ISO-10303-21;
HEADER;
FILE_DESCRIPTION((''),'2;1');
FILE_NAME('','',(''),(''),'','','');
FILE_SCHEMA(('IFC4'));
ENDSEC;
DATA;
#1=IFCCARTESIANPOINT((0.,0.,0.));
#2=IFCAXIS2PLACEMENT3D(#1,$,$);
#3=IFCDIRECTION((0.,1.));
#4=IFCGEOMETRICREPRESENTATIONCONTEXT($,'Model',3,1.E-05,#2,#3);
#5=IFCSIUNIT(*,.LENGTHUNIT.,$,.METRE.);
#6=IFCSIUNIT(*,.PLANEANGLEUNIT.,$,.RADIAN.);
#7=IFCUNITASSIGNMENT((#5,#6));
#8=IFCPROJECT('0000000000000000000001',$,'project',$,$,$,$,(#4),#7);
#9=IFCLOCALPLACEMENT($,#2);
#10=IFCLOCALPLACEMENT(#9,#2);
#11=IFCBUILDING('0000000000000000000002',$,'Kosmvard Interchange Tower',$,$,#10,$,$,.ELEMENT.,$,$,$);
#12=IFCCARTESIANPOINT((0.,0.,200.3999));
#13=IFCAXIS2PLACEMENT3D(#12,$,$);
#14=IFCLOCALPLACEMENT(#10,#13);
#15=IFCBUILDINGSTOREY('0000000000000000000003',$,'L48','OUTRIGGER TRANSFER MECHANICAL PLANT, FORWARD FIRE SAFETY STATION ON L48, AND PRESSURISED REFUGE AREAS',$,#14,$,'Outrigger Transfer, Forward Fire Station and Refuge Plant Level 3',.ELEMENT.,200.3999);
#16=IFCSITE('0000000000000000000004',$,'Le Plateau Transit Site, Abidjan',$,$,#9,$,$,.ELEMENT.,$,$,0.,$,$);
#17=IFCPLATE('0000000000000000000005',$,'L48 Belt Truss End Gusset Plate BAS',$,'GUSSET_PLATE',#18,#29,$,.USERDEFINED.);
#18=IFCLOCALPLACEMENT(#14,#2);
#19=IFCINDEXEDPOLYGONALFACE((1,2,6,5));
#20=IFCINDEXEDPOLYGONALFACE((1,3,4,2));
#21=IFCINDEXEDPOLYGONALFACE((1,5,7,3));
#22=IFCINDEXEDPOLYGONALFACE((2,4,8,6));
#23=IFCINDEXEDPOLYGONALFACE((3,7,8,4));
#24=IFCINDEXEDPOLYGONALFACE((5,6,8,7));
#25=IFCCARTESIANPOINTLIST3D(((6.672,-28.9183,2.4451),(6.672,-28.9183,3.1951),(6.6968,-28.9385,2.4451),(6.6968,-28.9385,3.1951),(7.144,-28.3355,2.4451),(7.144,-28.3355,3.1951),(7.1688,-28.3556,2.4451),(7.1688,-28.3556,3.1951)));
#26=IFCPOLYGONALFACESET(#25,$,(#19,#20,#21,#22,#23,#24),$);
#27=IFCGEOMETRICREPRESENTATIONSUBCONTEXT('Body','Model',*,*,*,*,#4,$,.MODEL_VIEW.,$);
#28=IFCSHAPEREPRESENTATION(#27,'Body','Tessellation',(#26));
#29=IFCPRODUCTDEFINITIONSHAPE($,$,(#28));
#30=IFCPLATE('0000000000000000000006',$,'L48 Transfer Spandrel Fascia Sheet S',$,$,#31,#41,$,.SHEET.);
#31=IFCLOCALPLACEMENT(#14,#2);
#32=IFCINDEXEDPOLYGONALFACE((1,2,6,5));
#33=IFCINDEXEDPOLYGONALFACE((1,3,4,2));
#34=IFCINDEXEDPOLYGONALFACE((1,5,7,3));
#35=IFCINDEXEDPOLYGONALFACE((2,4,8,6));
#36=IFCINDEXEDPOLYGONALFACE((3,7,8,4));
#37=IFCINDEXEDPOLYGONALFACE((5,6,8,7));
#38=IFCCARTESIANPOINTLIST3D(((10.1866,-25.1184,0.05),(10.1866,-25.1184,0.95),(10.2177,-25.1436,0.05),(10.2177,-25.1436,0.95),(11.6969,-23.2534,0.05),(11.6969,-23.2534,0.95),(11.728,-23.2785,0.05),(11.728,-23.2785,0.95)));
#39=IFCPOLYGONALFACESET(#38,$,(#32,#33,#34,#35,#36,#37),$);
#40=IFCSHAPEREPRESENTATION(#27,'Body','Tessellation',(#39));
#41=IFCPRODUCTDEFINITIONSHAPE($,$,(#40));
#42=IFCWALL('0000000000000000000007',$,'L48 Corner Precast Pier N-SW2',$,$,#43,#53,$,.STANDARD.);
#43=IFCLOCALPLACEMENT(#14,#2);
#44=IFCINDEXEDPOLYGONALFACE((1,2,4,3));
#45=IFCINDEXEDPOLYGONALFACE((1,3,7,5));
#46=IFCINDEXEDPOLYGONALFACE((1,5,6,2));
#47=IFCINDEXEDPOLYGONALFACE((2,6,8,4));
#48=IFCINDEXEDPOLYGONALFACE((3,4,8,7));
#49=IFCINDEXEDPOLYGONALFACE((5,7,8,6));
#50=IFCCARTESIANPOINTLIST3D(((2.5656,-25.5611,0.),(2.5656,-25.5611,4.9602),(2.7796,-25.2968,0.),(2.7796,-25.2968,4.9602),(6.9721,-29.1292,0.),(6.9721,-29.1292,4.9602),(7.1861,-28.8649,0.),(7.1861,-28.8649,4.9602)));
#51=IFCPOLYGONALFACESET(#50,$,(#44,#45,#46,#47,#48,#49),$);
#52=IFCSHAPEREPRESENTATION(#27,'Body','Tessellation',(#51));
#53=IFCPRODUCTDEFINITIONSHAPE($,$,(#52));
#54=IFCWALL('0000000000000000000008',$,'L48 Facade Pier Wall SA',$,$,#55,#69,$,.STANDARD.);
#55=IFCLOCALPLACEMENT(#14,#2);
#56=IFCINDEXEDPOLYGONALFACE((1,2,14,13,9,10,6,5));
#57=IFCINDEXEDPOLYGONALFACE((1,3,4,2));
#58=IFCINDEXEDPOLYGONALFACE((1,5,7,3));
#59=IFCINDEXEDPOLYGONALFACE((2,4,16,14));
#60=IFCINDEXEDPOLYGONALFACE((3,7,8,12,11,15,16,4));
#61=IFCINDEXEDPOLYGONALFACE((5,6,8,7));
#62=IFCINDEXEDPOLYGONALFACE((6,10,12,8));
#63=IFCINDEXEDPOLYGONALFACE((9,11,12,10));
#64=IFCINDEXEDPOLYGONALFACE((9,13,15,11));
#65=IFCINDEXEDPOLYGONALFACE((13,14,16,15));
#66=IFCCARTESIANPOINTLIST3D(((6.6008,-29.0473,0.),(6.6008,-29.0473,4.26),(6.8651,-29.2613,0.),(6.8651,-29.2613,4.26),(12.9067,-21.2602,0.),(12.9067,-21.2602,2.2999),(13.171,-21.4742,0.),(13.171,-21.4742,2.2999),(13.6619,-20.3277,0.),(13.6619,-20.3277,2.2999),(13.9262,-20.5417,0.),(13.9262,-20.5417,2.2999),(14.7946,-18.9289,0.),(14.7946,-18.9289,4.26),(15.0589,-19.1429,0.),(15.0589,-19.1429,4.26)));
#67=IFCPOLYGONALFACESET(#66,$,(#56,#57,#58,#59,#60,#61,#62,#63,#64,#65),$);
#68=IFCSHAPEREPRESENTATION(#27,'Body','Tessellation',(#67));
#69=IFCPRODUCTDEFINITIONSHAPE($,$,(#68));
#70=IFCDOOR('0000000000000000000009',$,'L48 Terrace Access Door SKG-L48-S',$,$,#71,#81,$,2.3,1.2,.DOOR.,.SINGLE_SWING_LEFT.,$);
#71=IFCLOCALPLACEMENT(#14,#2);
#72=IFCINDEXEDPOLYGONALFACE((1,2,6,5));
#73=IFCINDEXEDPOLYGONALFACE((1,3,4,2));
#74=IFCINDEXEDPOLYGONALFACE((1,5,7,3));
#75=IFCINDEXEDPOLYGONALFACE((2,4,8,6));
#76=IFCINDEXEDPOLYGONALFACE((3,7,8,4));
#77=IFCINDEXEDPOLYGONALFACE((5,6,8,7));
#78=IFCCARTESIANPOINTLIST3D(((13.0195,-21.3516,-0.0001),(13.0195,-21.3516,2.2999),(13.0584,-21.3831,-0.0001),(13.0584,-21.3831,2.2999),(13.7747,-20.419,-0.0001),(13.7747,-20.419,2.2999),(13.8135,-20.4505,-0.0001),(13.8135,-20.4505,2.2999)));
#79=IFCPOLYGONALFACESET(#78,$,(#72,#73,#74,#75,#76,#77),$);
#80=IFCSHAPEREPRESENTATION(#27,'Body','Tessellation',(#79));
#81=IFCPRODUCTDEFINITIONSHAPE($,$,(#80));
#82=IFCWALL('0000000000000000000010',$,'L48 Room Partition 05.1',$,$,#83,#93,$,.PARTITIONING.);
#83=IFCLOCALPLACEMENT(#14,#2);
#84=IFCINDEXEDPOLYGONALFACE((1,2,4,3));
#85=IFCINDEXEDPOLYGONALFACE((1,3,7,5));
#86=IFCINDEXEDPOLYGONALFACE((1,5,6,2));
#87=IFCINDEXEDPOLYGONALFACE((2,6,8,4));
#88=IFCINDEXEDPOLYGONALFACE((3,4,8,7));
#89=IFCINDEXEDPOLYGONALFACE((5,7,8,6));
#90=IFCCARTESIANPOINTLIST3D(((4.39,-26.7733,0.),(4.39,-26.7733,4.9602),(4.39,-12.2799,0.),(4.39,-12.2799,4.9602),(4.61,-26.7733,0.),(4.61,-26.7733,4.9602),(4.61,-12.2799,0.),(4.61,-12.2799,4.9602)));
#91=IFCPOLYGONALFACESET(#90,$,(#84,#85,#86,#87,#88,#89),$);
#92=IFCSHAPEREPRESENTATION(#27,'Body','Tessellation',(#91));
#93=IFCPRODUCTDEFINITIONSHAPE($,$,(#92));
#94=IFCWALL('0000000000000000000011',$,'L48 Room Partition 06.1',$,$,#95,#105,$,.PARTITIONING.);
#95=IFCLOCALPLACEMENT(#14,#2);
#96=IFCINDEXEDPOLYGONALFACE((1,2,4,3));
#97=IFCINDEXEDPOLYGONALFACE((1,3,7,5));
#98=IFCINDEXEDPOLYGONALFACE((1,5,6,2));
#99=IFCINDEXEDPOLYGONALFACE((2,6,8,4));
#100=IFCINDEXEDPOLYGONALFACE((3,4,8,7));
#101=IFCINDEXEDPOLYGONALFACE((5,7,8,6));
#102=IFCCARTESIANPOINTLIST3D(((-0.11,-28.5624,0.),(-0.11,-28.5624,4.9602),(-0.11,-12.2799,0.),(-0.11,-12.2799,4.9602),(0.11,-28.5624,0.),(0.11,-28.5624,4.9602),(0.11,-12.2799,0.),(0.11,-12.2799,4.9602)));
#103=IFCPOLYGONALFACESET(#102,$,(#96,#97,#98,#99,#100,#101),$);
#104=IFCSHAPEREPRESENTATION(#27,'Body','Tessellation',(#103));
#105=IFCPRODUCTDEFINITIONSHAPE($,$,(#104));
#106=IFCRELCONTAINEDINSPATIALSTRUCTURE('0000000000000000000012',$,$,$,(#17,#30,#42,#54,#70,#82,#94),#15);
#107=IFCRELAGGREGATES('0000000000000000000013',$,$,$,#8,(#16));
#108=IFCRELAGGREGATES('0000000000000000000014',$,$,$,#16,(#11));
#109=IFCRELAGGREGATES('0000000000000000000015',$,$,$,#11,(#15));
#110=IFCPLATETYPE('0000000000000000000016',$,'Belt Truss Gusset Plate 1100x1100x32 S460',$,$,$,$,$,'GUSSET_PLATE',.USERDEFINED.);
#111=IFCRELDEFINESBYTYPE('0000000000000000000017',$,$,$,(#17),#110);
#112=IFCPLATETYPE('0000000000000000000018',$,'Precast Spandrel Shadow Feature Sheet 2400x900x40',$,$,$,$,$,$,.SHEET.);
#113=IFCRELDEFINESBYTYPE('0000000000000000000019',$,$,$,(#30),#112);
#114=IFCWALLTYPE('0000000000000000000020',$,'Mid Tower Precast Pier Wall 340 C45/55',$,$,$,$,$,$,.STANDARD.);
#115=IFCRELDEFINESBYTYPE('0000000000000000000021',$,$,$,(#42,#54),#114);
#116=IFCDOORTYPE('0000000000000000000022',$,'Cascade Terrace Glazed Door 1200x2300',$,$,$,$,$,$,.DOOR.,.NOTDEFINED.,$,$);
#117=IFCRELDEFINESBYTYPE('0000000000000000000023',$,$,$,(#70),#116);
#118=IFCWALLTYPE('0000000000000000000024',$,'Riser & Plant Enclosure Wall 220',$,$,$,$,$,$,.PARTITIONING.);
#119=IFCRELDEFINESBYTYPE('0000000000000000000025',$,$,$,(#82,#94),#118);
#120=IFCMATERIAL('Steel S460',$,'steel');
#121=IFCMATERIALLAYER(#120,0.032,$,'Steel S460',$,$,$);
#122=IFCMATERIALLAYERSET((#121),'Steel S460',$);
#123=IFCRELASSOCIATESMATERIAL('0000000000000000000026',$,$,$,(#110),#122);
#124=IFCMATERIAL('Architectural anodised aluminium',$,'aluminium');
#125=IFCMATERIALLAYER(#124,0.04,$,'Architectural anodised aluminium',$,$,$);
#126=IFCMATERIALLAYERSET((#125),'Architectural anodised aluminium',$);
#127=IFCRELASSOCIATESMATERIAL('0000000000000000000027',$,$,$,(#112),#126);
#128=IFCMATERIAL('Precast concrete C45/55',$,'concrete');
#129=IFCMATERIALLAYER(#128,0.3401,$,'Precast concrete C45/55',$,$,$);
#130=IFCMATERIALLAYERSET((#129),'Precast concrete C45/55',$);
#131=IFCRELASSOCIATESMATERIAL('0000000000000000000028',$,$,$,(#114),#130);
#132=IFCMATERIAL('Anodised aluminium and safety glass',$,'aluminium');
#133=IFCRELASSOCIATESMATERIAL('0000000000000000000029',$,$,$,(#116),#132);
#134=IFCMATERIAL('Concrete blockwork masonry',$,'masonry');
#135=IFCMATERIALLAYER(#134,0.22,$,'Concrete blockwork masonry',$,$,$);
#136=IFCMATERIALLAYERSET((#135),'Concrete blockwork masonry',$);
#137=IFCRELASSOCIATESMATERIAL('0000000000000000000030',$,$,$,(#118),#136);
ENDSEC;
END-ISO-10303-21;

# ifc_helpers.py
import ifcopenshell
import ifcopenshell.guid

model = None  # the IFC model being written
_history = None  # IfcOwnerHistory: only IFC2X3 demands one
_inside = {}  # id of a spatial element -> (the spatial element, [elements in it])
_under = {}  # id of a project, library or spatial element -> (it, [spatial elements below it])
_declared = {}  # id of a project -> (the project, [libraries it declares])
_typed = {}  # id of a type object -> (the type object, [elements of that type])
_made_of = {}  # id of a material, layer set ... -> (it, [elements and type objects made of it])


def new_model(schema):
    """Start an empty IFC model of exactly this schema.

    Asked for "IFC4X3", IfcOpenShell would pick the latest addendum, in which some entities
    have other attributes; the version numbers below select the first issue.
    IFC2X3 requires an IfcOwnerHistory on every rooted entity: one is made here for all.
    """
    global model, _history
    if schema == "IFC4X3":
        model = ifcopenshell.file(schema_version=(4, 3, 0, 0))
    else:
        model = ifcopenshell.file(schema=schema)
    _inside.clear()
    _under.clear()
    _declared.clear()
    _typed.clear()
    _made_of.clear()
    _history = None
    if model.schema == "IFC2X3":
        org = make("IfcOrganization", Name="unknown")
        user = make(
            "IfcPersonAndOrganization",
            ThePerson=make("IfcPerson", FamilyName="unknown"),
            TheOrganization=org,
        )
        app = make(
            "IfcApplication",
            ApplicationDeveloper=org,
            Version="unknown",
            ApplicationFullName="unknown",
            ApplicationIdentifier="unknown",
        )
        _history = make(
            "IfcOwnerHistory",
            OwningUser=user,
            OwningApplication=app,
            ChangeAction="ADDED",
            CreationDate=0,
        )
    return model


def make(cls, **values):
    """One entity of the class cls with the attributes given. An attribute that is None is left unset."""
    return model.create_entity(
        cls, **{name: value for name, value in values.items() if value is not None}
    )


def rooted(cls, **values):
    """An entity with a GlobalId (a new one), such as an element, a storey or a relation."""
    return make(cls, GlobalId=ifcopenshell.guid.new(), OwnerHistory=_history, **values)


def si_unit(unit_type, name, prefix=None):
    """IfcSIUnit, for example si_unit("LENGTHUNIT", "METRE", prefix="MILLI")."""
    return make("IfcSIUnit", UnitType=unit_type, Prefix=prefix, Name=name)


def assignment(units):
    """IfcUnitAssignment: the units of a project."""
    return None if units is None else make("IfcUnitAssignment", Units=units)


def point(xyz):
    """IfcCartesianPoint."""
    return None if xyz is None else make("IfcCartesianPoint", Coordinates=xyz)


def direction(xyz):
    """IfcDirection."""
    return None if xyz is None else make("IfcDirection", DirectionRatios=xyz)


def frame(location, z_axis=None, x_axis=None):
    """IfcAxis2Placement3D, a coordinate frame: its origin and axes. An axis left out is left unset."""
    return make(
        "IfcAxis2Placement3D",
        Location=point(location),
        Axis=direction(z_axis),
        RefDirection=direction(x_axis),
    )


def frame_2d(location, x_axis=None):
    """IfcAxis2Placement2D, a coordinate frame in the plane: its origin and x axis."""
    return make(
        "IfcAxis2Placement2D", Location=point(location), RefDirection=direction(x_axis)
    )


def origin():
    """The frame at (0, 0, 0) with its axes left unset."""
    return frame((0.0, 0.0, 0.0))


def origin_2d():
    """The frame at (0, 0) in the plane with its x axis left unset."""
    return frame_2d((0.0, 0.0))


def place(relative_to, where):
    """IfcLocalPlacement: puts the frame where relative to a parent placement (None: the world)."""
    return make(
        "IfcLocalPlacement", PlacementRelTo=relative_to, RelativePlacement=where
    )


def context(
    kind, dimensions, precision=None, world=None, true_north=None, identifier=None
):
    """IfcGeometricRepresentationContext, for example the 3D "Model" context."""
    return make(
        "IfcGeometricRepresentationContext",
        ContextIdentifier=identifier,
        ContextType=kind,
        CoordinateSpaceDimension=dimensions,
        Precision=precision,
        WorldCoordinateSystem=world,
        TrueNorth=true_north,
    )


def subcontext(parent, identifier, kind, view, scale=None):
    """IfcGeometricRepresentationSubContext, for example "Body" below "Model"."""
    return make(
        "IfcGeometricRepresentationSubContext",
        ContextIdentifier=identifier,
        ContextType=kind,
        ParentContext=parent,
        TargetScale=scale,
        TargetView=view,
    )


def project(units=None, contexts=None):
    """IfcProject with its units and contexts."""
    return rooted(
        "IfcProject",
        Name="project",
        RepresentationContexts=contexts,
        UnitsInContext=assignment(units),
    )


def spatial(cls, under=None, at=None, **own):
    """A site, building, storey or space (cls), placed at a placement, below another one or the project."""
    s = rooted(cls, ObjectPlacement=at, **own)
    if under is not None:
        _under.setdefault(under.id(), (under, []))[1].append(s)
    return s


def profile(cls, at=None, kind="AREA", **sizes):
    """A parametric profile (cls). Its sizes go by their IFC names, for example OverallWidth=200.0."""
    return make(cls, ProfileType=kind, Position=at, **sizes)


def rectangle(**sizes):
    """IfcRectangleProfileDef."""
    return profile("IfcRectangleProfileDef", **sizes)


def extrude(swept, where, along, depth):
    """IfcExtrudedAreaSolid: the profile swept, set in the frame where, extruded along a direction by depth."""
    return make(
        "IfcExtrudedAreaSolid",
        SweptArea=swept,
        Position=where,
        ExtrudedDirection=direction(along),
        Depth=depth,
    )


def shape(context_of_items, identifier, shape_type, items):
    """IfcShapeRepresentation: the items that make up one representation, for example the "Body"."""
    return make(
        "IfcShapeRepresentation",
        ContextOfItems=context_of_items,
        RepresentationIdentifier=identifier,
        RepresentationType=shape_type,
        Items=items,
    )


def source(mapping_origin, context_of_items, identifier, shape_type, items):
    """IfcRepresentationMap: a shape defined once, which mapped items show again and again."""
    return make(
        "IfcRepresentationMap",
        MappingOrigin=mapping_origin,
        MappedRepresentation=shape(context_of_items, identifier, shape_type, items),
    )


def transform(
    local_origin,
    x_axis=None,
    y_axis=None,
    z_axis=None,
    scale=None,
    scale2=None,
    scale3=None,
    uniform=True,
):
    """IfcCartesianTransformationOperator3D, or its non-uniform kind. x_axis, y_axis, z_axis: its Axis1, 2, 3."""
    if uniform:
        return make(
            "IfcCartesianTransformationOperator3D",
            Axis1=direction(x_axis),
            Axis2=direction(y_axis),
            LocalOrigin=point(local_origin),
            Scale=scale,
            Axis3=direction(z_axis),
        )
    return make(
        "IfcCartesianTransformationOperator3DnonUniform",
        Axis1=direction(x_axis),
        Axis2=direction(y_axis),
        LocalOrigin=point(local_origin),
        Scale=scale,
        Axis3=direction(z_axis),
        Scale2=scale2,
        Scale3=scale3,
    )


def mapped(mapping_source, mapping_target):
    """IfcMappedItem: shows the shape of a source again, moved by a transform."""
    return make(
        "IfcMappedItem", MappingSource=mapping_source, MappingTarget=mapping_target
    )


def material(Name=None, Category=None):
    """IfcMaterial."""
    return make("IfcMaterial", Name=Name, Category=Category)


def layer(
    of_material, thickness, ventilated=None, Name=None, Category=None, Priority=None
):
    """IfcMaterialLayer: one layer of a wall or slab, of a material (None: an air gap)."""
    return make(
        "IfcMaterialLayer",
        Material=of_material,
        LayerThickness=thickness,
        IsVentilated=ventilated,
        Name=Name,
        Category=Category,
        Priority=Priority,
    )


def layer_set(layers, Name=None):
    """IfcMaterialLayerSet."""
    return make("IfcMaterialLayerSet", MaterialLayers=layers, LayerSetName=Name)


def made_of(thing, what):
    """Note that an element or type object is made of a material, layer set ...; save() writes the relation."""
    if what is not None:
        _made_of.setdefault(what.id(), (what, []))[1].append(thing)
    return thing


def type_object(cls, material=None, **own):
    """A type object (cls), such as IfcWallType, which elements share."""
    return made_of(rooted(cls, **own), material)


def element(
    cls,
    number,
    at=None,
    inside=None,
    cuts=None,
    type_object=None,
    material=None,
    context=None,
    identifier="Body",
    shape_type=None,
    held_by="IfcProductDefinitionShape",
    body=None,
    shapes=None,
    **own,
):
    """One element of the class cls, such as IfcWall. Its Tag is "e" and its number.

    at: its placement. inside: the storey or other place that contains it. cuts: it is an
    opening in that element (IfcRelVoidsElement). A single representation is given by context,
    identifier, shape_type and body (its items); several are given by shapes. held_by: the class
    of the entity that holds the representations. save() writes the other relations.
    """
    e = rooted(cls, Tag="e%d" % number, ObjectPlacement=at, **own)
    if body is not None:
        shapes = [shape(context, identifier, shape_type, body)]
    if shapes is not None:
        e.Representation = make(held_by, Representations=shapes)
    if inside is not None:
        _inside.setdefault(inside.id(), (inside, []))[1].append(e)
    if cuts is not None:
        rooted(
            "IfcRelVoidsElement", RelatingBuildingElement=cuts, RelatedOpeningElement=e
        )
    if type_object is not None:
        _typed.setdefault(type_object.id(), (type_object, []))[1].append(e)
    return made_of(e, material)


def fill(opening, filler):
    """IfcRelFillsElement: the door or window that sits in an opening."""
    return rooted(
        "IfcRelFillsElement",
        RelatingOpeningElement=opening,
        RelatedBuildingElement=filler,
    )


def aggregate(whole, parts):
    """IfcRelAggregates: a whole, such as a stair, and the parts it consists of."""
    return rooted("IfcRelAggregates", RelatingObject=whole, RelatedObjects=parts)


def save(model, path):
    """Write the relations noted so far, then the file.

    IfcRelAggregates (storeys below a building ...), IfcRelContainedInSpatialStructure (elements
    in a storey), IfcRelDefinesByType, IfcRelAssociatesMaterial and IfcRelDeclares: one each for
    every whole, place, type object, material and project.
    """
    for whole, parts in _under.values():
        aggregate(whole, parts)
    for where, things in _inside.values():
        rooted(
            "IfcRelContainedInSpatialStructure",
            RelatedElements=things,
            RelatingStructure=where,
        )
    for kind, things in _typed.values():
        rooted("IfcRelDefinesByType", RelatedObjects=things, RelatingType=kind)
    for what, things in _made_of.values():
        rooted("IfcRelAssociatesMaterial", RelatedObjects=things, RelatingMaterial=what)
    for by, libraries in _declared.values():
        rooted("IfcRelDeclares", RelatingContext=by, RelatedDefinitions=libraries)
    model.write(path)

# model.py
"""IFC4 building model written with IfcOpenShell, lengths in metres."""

from ifc_helpers import new_model, si_unit, direction, frame, frame_2d, origin, origin_2d, place, context, subcontext, project, spatial, rectangle, extrude, source, transform, mapped, material, layer, layer_set, type_object, element, fill, save


model = new_model("IFC4")

# Units and contexts
model_context = context("Model", 3, precision=1e-05, world=origin(), true_north=direction((0.0, 1.0)))
body_context = subcontext(model_context, "Body", "Model", "MODEL_VIEW")
ifc_project = project(units=[si_unit("LENGTHUNIT", "METRE"), si_unit("PLANEANGLEUNIT", "RADIAN")], contexts=[model_context])

# Site, building, storey
site_placement = place(None, origin())
site = spatial("IfcSite", under=ifc_project, at=site_placement, Name="Le Plateau Transit Site, Abidjan", CompositionType="ELEMENT", RefElevation=0.0)
building_placement = place(site_placement, origin())
building = spatial("IfcBuilding", under=site, at=building_placement, Name="Kosmvard Interchange Tower", CompositionType="ELEMENT")
storey_placement = place(building_placement, frame((0.0, 0.0, 200.3999)))
storey = spatial("IfcBuildingStorey", under=building, at=storey_placement, Name="L48", Description="OUTRIGGER TRANSFER MECHANICAL PLANT, FORWARD FIRE SAFETY STATION ON L48, AND PRESSURISED REFUGE AREAS", LongName="Outrigger Transfer, Forward Fire Station and Refuge Plant Level 3", CompositionType="ELEMENT", Elevation=200.3999)

# Shared definitions
ifc_material_1 = material(Name="Steel S460", Category="steel")

# Plates
ifc_layer_1 = layer(ifc_material_1, 0.032, Name="Steel S460")
ifc_layer_set_1 = layer_set([ifc_layer_1], Name="Steel S460")
plate_type_1 = type_object("IfcPlateType", Name="Belt Truss Gusset Plate 1100x1100x32 S460", ElementType="GUSSET_PLATE", PredefinedType="USERDEFINED", material=ifc_layer_set_1)
shared_shape_1 = source(origin(), body_context, "Body", "SweptSolid", [
    extrude(rectangle(XDim=0.75, YDim=0.032, at=origin_2d()), origin(), (0.0, 0.0, 1.0), 0.75),
])
plate_1_placement = place(storey_placement, frame((6.9204, -28.637, 2.4451), z_axis=(0.0, 0.0, 1.0), x_axis=(0.62932, 0.777146, 0.0)))
element("IfcPlate", 1, at=plate_1_placement, inside=storey, type_object=plate_type_1, Name="L48 Belt Truss End Gusset Plate BAS", ObjectType="GUSSET_PLATE", PredefinedType="USERDEFINED", context=body_context, shape_type="MappedRepresentation", body=[
    mapped(shared_shape_1, transform((0.0, 0.0, 0.0), scale=1.0)),
])
ifc_material_2 = material(Name="Architectural anodised aluminium", Category="aluminium")
ifc_layer_2 = layer(ifc_material_2, 0.04, Name="Architectural anodised aluminium")
ifc_layer_set_2 = layer_set([ifc_layer_2], Name="Architectural anodised aluminium")
plate_type_2 = type_object("IfcPlateType", Name="Precast Spandrel Shadow Feature Sheet 2400x900x40", PredefinedType="SHEET", material=ifc_layer_set_2)
shared_shape_2 = source(origin(), body_context, "Body", "SweptSolid", [
    extrude(rectangle(XDim=0.04, YDim=2.3999, at=origin_2d()), origin(), (0.0, 0.0, 1.0), 0.8999),
])
plate_2_placement = place(storey_placement, frame((10.9573, -24.1985, 0.05), z_axis=(0.0, 0.0, 1.0), x_axis=(0.777146, -0.62932, 0.0)))
element("IfcPlate", 2, at=plate_2_placement, inside=storey, type_object=plate_type_2, Name="L48 Transfer Spandrel Fascia Sheet S", PredefinedType="SHEET", context=body_context, shape_type="MappedRepresentation", body=[
    mapped(shared_shape_2, transform((0.0, 0.0, 0.0), scale=1.0)),
])

# Wall
ifc_material_3 = material(Name="Precast concrete C45/55", Category="concrete")
ifc_layer_3 = layer(ifc_material_3, 0.3401, Name="Precast concrete C45/55")
ifc_layer_set_3 = layer_set([ifc_layer_3], Name="Precast concrete C45/55")
wall_type_1 = type_object("IfcWallType", Name="Mid Tower Precast Pier Wall 340 C45/55", PredefinedType="STANDARD", material=ifc_layer_set_3)
wall_1_placement = place(storey_placement, frame((2.6726, -25.429, 0.0), z_axis=(0.0, 0.0, 1.0), x_axis=(0.777163, -0.6293, 0.0)))
element("IfcWall", 3, at=wall_1_placement, inside=storey, type_object=wall_type_1, Name="L48 Corner Precast Pier N-SW2", PredefinedType="STANDARD", context=body_context, shape_type="SweptSolid", body=[
    extrude(rectangle(XDim=5.6699, YDim=0.3401, at=frame_2d((2.835, 0.0))), origin(), (0.0, 0.0, 1.0), 4.9602),
])

# Wall, opening, door
wall_2_placement = place(storey_placement, frame((6.7329, -29.1543, 0.0), z_axis=(0.0, 0.0, 1.0), x_axis=(0.629326, 0.777141, 0.0)))
wall_2 = element("IfcWall", 4, at=wall_2_placement, inside=storey, type_object=wall_type_1, Name="L48 Facade Pier Wall SA", PredefinedType="STANDARD", context=body_context, shape_type="SweptSolid", body=[
    extrude(rectangle(XDim=13.02, YDim=0.3401, at=frame_2d((6.51, 0.0))), origin(), (0.0, 0.0, 1.0), 4.26),
])
opening_placement = place(wall_2_placement, frame((10.02, 0.0, 0.0)))
opening = element("IfcOpeningElement", 5, at=opening_placement, cuts=wall_2, PredefinedType="OPENING", context=body_context, shape_type="SweptSolid", body=[
    extrude(rectangle(XDim=1.2, YDim=2.3, at=frame_2d((0.6001, 1.1499))), frame((0.0, 0.1802, 0.0), z_axis=(0.0, -1.0, 0.0), x_axis=(1.0, 0.0, 0.0)), (0.0, 0.0, 1.0), 0.3601),
])
ifc_material_4 = material(Name="Anodised aluminium and safety glass", Category="aluminium")
door_type = type_object("IfcDoorType", Name="Cascade Terrace Glazed Door 1200x2300", OperationType="NOTDEFINED", PredefinedType="DOOR", material=ifc_material_4)
shared_shape_3 = source(origin(), body_context, "Body", "SweptSolid", [
    extrude(rectangle(XDim=1.2, YDim=2.3, at=frame_2d((0.6001, 1.1499))), frame((0.0, 0.0249, 0.0), z_axis=(0.0, -1.0, 0.0), x_axis=(1.0, 0.0, 0.0)), (0.0, 0.0, 1.0), 0.05),
])
door_placement = place(opening_placement, origin())
door = element("IfcDoor", 6, at=door_placement, inside=storey, type_object=door_type, Name="L48 Terrace Access Door SKG-L48-S", OperationType="SINGLE_SWING_LEFT", OverallHeight=2.3, OverallWidth=1.2, PredefinedType="DOOR", context=body_context, shape_type="MappedRepresentation", body=[
    mapped(shared_shape_3, transform((0.0, 0.0, 0.0), scale=1.0)),
])
fill(opening, door)

# Walls
ifc_material_5 = material(Name="Concrete blockwork masonry", Category="masonry")
ifc_layer_4 = layer(ifc_material_5, 0.22, Name="Concrete blockwork masonry")
ifc_layer_set_4 = layer_set([ifc_layer_4], Name="Concrete blockwork masonry")
wall_type_2 = type_object("IfcWallType", Name="Riser & Plant Enclosure Wall 220", PredefinedType="PARTITIONING", material=ifc_layer_set_4)
wall_3_placement = place(storey_placement, frame((4.5, -12.28, 0.0), z_axis=(0.0, 0.0, 1.0), x_axis=(0.0, -1.0, 0.0)))
element("IfcWall", 7, at=wall_3_placement, inside=storey, type_object=wall_type_2, Name="L48 Room Partition 05.1", PredefinedType="PARTITIONING", context=body_context, shape_type="SweptSolid", body=[
    extrude(rectangle(XDim=14.4934, YDim=0.22, at=frame_2d((7.2466, 0.0))), origin(), (0.0, 0.0, 1.0), 4.9602),
])
wall_4_placement = place(storey_placement, frame((0.0, -12.28, 0.0), z_axis=(0.0, 0.0, 1.0), x_axis=(0.0, -1.0, 0.0)))
element("IfcWall", 8, at=wall_4_placement, inside=storey, type_object=wall_type_2, Name="L48 Room Partition 06.1", PredefinedType="PARTITIONING", context=body_context, shape_type="SweptSolid", body=[
    extrude(rectangle(XDim=16.2825, YDim=0.22, at=frame_2d((8.1411, 0.0))), origin(), (0.0, 0.0, 1.0), 4.9602),
])

save(model, "model.ifc")
